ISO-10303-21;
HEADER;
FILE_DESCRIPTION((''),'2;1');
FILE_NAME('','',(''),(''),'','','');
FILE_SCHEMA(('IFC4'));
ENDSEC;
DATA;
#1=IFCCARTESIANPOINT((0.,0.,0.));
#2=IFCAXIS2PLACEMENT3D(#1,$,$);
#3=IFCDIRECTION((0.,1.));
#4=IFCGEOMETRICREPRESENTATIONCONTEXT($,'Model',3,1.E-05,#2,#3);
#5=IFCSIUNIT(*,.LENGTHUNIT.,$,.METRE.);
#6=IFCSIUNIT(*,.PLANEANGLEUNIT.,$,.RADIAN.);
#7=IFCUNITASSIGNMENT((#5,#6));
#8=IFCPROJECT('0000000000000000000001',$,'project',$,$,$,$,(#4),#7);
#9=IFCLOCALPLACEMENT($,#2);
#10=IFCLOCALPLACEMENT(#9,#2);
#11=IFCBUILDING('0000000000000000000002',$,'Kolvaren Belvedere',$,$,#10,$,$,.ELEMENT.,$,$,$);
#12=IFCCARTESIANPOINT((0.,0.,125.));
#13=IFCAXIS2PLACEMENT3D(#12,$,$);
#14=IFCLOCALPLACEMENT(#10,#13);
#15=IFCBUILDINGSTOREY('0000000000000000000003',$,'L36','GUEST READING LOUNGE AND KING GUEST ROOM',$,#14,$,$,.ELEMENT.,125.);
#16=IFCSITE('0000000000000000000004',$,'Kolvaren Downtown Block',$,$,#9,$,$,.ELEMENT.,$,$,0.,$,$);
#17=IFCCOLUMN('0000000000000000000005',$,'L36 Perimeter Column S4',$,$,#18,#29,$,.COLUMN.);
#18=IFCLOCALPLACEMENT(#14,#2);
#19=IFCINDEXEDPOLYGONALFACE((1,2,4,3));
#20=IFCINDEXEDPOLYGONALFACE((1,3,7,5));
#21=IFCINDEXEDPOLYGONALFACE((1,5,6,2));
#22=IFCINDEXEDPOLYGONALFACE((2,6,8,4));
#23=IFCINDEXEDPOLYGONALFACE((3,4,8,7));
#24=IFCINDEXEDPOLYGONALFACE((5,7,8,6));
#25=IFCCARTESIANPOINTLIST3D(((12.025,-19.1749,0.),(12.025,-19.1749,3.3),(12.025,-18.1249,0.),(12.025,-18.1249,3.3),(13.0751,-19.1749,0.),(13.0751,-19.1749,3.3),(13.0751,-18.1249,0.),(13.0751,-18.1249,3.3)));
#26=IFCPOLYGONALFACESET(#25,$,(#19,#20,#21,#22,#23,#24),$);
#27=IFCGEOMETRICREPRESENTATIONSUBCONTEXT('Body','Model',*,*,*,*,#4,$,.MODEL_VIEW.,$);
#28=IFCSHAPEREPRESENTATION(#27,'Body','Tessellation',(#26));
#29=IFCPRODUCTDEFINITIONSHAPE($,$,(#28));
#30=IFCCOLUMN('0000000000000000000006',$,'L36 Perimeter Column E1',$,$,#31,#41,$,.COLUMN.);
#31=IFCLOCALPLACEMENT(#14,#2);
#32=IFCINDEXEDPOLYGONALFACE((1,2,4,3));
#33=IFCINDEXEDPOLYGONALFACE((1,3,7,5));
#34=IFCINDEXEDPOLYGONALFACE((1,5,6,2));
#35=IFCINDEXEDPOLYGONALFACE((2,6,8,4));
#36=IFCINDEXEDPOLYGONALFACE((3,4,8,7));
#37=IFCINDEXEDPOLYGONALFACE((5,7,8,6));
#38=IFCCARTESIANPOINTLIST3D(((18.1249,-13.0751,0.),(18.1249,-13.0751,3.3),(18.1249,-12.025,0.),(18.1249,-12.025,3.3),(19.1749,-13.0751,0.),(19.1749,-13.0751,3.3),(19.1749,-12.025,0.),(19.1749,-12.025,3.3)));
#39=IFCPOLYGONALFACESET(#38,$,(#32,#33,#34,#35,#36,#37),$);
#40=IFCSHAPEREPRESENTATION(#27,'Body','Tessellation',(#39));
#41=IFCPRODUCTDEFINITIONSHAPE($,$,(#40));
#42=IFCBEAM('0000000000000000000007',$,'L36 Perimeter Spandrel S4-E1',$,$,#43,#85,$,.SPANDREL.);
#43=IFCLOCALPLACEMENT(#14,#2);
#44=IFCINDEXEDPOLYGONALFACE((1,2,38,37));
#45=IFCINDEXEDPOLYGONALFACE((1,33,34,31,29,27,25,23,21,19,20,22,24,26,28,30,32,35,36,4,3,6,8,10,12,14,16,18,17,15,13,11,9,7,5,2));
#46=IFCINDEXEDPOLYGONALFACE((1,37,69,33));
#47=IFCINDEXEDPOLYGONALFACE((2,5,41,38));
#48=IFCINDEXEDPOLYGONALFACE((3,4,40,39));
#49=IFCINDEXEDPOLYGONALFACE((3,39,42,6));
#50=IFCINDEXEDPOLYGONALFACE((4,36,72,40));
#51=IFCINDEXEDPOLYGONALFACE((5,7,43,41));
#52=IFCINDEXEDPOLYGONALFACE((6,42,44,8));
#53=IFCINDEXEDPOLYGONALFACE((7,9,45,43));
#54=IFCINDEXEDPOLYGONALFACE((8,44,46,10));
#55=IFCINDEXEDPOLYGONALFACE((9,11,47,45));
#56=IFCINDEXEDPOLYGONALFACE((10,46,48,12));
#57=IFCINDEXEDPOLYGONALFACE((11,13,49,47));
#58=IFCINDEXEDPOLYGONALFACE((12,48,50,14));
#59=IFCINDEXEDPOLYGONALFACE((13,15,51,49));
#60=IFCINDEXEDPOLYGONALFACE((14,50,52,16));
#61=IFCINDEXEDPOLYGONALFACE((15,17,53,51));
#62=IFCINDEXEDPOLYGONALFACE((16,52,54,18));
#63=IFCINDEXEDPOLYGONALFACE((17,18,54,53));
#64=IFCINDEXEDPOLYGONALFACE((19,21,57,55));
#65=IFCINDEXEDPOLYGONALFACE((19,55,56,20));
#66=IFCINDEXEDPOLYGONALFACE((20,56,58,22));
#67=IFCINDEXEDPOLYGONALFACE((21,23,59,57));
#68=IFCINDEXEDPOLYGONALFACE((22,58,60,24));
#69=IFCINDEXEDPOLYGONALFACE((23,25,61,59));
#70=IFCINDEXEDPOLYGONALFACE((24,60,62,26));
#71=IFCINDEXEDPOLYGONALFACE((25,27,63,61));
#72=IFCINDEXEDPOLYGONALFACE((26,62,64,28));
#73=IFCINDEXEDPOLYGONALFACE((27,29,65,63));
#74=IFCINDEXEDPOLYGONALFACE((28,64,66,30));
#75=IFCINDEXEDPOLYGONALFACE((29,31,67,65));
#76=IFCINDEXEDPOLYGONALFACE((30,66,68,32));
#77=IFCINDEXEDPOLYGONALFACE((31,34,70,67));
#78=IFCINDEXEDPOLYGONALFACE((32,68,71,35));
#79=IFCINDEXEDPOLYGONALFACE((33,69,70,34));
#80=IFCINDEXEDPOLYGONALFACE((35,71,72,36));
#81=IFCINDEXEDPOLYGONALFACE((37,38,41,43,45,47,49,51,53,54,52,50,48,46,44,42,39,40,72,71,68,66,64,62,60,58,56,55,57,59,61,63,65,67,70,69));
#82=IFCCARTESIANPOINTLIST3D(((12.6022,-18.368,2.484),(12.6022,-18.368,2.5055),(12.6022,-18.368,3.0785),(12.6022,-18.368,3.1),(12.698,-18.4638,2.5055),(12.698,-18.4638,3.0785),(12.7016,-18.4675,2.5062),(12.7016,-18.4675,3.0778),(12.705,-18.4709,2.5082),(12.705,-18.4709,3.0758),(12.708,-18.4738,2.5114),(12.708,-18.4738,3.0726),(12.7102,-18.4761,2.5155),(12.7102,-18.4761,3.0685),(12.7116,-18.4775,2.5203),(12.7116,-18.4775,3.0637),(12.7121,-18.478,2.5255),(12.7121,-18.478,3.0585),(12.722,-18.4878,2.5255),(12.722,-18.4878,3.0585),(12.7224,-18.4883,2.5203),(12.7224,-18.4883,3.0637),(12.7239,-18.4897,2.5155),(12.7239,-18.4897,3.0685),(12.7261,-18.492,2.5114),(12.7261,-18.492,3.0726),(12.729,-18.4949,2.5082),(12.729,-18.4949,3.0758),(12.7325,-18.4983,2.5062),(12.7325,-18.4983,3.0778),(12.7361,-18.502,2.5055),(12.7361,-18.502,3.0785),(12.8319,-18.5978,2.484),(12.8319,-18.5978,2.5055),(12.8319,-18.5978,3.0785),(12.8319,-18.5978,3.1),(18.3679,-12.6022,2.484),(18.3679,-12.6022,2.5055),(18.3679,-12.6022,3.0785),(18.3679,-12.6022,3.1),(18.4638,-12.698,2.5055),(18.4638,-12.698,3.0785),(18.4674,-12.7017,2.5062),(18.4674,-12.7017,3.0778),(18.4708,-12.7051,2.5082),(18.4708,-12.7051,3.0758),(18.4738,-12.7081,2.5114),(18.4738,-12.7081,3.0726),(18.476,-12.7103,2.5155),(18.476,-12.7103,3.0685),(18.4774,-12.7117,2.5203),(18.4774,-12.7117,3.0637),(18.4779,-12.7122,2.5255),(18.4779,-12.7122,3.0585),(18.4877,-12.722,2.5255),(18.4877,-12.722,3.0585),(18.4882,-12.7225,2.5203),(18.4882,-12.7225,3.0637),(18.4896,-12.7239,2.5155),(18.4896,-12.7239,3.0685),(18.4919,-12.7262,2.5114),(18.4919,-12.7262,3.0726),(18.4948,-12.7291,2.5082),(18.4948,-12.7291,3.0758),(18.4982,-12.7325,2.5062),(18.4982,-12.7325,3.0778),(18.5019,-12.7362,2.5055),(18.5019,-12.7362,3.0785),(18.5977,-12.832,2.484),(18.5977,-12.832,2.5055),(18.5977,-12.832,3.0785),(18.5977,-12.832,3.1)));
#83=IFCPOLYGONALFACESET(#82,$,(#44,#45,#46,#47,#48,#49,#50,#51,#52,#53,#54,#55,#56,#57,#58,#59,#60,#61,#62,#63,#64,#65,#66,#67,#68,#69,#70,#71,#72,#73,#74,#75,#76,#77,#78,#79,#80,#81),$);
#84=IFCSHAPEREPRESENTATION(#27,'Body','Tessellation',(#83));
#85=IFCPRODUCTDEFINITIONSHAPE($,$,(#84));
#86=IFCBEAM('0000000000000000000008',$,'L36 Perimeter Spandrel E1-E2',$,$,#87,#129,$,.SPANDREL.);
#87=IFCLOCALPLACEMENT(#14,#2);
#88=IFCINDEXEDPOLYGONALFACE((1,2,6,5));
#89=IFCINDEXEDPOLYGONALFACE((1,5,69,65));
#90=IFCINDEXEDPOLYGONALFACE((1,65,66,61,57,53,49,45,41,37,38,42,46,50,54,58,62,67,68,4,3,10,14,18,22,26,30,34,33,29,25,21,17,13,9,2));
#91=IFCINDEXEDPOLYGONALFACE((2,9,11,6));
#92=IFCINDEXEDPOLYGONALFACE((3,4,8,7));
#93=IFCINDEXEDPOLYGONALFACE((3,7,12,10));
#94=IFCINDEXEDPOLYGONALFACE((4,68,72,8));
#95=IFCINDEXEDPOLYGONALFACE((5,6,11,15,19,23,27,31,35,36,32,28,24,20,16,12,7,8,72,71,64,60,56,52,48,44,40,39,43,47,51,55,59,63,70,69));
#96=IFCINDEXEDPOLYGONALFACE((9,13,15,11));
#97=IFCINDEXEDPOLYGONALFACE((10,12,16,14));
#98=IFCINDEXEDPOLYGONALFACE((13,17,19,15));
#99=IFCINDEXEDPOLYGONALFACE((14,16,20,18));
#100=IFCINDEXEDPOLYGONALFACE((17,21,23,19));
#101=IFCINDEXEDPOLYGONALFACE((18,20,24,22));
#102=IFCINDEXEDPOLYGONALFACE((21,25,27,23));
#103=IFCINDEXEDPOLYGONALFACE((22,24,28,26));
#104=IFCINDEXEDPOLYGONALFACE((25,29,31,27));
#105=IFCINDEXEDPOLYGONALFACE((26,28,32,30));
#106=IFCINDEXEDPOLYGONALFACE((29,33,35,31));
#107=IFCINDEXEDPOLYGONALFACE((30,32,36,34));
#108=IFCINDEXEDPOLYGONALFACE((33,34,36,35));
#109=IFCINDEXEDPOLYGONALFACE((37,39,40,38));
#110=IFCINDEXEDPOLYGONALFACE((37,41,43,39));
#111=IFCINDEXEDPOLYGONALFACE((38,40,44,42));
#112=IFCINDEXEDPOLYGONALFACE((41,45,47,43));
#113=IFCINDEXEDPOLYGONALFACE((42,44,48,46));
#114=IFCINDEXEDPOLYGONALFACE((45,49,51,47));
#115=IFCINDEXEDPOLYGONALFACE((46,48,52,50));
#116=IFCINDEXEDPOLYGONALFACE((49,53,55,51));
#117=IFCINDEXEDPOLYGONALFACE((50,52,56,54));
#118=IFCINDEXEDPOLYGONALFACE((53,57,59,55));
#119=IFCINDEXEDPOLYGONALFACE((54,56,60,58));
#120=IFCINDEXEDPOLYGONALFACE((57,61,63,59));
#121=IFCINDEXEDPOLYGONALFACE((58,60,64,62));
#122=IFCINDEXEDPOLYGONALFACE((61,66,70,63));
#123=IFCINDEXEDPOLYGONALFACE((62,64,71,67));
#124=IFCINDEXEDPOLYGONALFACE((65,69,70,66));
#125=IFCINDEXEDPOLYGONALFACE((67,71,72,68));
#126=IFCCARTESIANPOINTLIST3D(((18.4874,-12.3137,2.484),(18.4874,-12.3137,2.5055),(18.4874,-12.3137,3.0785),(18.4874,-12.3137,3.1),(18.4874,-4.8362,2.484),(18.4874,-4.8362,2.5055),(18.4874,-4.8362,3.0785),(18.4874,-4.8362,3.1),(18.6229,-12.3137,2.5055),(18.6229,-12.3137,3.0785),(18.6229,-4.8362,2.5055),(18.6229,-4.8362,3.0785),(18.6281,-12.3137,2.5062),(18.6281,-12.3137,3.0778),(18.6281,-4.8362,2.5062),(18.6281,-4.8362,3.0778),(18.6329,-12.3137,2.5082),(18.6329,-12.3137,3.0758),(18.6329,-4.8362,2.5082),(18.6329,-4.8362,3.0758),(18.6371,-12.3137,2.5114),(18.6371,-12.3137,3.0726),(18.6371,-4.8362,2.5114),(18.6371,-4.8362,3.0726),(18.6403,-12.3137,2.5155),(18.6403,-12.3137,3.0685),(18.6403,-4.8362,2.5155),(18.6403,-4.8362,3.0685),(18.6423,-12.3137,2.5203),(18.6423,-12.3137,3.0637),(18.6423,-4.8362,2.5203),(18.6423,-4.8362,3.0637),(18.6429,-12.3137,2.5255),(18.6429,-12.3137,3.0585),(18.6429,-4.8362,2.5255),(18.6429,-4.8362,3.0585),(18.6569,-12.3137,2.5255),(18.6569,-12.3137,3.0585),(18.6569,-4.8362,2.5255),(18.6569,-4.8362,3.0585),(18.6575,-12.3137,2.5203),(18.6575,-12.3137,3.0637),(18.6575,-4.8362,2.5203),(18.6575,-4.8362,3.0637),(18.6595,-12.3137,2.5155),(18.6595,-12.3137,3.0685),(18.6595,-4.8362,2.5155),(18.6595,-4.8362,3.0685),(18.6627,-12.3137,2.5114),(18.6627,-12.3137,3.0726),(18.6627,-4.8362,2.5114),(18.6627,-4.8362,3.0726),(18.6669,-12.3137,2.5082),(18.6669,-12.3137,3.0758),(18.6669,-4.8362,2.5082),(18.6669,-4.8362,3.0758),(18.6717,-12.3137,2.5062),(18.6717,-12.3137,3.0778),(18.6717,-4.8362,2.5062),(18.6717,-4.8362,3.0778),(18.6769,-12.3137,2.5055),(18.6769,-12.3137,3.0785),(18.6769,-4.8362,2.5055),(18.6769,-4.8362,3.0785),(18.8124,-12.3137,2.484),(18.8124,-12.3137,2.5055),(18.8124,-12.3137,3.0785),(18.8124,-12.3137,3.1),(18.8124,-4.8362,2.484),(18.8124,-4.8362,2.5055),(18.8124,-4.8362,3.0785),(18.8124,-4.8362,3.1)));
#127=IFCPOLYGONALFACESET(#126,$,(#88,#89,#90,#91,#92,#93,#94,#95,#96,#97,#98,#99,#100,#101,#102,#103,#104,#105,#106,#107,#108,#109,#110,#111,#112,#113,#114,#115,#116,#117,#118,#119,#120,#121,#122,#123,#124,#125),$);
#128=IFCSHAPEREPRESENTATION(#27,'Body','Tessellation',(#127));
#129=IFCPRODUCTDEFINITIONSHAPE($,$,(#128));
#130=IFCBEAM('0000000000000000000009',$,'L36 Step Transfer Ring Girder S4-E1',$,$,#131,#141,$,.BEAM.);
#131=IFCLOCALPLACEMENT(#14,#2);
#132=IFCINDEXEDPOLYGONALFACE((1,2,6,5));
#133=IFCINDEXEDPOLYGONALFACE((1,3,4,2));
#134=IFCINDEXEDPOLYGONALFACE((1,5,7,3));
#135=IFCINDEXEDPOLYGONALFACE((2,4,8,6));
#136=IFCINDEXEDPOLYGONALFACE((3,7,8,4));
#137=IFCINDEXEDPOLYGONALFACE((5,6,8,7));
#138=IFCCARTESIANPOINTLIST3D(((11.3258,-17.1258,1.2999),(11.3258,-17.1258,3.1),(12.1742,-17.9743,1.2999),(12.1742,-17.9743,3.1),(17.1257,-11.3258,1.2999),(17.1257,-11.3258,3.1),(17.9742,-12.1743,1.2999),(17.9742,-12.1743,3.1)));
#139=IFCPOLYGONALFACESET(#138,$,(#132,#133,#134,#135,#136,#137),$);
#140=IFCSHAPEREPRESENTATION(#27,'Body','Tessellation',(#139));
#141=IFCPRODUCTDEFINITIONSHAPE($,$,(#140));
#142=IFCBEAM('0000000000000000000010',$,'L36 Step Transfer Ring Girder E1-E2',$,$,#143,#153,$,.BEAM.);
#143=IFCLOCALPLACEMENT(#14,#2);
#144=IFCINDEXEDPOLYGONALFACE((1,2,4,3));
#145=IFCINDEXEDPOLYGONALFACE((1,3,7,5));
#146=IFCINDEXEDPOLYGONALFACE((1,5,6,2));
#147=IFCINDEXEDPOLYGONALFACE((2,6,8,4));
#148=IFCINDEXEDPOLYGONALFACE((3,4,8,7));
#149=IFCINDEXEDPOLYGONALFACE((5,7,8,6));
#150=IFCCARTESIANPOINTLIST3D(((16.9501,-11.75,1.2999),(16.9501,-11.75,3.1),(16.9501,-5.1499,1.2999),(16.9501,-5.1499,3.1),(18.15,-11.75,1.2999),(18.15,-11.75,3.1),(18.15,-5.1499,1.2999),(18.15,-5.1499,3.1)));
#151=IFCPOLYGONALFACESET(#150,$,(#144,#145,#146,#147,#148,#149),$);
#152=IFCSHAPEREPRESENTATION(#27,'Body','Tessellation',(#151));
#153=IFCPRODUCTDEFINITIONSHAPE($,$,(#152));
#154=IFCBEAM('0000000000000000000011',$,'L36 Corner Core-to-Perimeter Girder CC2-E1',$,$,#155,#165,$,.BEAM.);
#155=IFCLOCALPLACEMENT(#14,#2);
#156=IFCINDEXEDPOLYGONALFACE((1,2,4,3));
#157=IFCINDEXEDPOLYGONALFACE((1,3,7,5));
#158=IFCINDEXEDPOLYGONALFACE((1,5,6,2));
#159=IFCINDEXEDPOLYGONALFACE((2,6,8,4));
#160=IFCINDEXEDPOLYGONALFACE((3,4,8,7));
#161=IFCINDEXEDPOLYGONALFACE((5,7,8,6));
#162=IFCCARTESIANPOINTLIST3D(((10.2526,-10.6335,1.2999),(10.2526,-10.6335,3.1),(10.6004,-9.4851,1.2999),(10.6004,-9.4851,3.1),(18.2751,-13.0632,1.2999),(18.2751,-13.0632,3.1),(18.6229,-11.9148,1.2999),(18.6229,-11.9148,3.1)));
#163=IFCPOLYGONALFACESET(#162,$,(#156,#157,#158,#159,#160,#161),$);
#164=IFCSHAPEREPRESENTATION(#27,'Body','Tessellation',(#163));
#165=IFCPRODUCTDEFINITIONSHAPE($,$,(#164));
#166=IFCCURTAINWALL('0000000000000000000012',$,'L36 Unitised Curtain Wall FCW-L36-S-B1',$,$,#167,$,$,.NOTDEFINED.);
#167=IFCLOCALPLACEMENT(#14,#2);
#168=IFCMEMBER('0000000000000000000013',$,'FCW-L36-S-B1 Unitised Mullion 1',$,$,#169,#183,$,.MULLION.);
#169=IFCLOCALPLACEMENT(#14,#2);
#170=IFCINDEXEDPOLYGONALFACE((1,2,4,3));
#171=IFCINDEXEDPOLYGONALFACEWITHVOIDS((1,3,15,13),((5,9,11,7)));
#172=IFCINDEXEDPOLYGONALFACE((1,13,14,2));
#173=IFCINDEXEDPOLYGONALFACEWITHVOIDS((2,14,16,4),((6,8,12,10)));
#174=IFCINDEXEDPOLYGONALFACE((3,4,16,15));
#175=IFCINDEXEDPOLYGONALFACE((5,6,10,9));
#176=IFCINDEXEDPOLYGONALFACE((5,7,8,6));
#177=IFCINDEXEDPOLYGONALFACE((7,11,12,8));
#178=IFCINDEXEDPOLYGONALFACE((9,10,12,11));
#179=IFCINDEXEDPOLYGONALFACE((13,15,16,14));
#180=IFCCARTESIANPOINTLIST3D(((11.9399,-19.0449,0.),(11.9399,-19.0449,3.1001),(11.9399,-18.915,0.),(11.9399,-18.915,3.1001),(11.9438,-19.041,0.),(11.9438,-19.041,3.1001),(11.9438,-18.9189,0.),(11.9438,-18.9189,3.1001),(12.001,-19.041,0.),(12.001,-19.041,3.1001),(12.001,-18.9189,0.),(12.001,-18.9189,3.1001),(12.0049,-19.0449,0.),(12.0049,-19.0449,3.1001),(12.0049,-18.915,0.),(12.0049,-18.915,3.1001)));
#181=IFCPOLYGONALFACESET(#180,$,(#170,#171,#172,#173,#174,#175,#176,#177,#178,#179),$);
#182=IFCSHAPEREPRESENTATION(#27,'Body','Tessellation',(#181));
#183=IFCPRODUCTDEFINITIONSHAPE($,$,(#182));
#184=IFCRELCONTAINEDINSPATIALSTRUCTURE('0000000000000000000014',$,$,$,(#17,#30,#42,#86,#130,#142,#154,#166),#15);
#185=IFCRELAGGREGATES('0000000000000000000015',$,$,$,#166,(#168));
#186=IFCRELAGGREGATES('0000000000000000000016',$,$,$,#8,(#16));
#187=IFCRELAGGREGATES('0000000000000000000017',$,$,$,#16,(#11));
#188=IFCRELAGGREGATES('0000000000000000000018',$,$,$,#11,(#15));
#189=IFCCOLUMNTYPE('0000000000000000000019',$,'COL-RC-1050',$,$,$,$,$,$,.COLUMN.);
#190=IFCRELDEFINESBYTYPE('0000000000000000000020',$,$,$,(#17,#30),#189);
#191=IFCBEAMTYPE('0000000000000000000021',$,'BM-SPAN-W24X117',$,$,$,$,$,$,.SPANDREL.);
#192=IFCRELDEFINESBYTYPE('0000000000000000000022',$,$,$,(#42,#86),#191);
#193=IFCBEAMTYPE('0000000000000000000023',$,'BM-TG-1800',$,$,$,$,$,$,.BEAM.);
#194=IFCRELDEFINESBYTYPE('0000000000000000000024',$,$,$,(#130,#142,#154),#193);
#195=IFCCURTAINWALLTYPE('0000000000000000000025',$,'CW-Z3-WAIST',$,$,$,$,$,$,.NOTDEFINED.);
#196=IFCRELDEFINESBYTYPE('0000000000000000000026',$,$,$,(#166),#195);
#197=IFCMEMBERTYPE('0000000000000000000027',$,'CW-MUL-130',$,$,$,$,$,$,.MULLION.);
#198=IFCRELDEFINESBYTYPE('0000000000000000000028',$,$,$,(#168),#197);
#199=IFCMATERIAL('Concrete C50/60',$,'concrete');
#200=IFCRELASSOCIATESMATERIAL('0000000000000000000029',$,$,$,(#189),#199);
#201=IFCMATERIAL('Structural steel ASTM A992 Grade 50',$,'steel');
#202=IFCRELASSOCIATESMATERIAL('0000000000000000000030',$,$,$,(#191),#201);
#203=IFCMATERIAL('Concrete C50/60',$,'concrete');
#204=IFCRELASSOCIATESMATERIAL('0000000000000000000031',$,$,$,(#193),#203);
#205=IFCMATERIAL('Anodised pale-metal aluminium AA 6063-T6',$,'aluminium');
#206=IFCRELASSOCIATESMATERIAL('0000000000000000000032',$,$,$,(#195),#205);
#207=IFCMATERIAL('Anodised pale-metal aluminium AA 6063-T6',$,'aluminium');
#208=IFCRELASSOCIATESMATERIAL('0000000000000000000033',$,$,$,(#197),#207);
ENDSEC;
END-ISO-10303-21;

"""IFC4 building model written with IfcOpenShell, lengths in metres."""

from ifc_helpers import new_model, si_unit, direction, frame, origin, origin_2d, place, context, subcontext, project, spatial, rectangle, hollow_rectangle, i_section, extrude, material, material_profile, profile_set, type_object, element, aggregate, save


model = new_model("IFC4")

# Units and contexts
model_context = context("Model", 3, precision=1e-05, world=origin(), true_north=direction((0.0, 1.0)))
body_context = subcontext(model_context, "Body", "Model", "MODEL_VIEW")
ifc_project = project(units=[si_unit("LENGTHUNIT", "METRE"), si_unit("PLANEANGLEUNIT", "RADIAN")], contexts=[model_context])

# Site, building, storey
site_placement = place(None, origin())
site = spatial("IfcSite", under=ifc_project, at=site_placement, Name="Kolvaren Downtown Block", CompositionType="ELEMENT", RefElevation=0.0)
building_placement = place(site_placement, origin())
building = spatial("IfcBuilding", under=site, at=building_placement, Name="Kolvaren Belvedere", CompositionType="ELEMENT")
storey_placement = place(building_placement, frame((0.0, 0.0, 125.0)))
storey = spatial("IfcBuildingStorey", under=building, at=storey_placement, Name="L36", Description="GUEST READING LOUNGE AND KING GUEST ROOM", CompositionType="ELEMENT", Elevation=125.0)

# Columns
ifc_material_1 = material(Name="Concrete C50/60", Category="concrete")
ifc_material_profile_1 = material_profile(ifc_material_1, rectangle(XDim=1.05, YDim=1.05, at=origin_2d()), Name="RC 1050X1050")
ifc_profile_set_1 = profile_set([ifc_material_profile_1], Name="Concrete C50/60")
column_type = type_object("IfcColumnType", Name="COL-RC-1050", PredefinedType="COLUMN", material=ifc_profile_set_1)
for number, where, z_axis, x_axis, name in (
    (1, (12.55, -18.6499, 0.0), (0.0, 0.0, 1.0), (1.0, 0.0, 0.0), "L36 Perimeter Column S4"),
    (2, (18.6499, -12.55, 0.0), (0.0, 0.0, 1.0), (1.0, 0.0, 0.0), "L36 Perimeter Column E1"),
):
    element("IfcColumn", number, at=place(storey_placement, frame(where, z_axis=z_axis, x_axis=x_axis)), inside=storey, type_object=column_type, Name=name, PredefinedType="COLUMN", context=body_context, shape_type="SweptSolid", body=[
        extrude(rectangle(XDim=1.05, YDim=1.05, at=origin_2d()), origin(), (0.0, 0.0, 1.0), 3.3),
    ])

# Beams
ifc_material_2 = material(Name="Structural steel ASTM A992 Grade 50", Category="steel")
ifc_material_profile_2 = material_profile(ifc_material_2, i_section(OverallWidth=0.325, OverallDepth=0.616, WebThickness=0.0139, FlangeThickness=0.0215, FilletRadius=0.02, at=origin_2d()), Name="W24X117")
ifc_profile_set_2 = profile_set([ifc_material_profile_2], Name="Structural steel ASTM A992 Grade 50")
beam_type_1 = type_object("IfcBeamType", Name="BM-SPAN-W24X117", PredefinedType="SPANDREL", material=ifc_profile_set_2)
beam_1_placement = place(storey_placement, frame((12.717, -18.4829, 2.792), z_axis=(0.707107, 0.707107, 0.0), x_axis=(-0.707107, 0.707107, 0.0)))
element("IfcBeam", 3, at=beam_1_placement, inside=storey, type_object=beam_type_1, Name="L36 Perimeter Spandrel S4-E1", PredefinedType="SPANDREL", context=body_context, shape_type="SweptSolid", body=[
    extrude(i_section(OverallWidth=0.325, OverallDepth=0.616, WebThickness=0.0139, FlangeThickness=0.0215, FilletRadius=0.02, at=origin_2d()), origin(), (0.0, 0.0, 1.0), 8.1541),
])
beam_2_placement = place(storey_placement, frame((18.6499, -12.3137, 2.792), z_axis=(0.0, 1.0, 0.0), x_axis=(-1.0, 0.0, 0.0)))
element("IfcBeam", 4, at=beam_2_placement, inside=storey, type_object=beam_type_1, Name="L36 Perimeter Spandrel E1-E2", PredefinedType="SPANDREL", context=body_context, shape_type="SweptSolid", body=[
    extrude(i_section(OverallWidth=0.325, OverallDepth=0.616, WebThickness=0.0139, FlangeThickness=0.0215, FilletRadius=0.02, at=origin_2d()), origin(), (0.0, 0.0, 1.0), 7.4775),
])
ifc_material_3 = material(Name="Concrete C50/60", Category="concrete")
ifc_material_profile_3 = material_profile(ifc_material_3, rectangle(XDim=1.2, YDim=1.8, at=origin_2d()), Name="RC 1200X1800")
ifc_profile_set_3 = profile_set([ifc_material_profile_3], Name="Concrete C50/60")
beam_type_2 = type_object("IfcBeamType", Name="BM-TG-1800", PredefinedType="BEAM", material=ifc_profile_set_3)
beam_3_placement = place(storey_placement, frame((11.75, -17.55, 2.2), z_axis=(0.707107, 0.707107, 0.0), x_axis=(-0.707107, 0.707107, 0.0)))
element("IfcBeam", 5, at=beam_3_placement, inside=storey, type_object=beam_type_2, Name="L36 Step Transfer Ring Girder S4-E1", PredefinedType="BEAM", context=body_context, shape_type="SweptSolid", body=[
    extrude(rectangle(XDim=1.2, YDim=1.8, at=origin_2d()), origin(), (0.0, 0.0, 1.0), 8.2024),
])
beam_4_placement = place(storey_placement, frame((17.55, -11.75, 2.2), z_axis=(0.0, 1.0, 0.0), x_axis=(-1.0, 0.0, 0.0)))
element("IfcBeam", 6, at=beam_4_placement, inside=storey, type_object=beam_type_2, Name="L36 Step Transfer Ring Girder E1-E2", PredefinedType="BEAM", context=body_context, shape_type="SweptSolid", body=[
    extrude(rectangle(XDim=1.2, YDim=1.8, at=origin_2d()), origin(), (0.0, 0.0, 1.0), 6.6001),
])
beam_5_placement = place(storey_placement, frame((10.4265, -10.0593, 2.2), z_axis=(0.957069, -0.289859, 0.0), x_axis=(0.289859, 0.957069, 0.0)))
element("IfcBeam", 7, at=beam_5_placement, inside=storey, type_object=beam_type_2, Name="L36 Corner Core-to-Perimeter Girder CC2-E1", PredefinedType="BEAM", context=body_context, shape_type="SweptSolid", body=[
    extrude(rectangle(XDim=1.2, YDim=1.8, at=origin_2d()), origin(), (0.0, 0.0, 1.0), 8.3823),
])

# Curtain wall, member
ifc_material_4 = material(Name="Anodised pale-metal aluminium AA 6063-T6", Category="aluminium")
curtain_wall_type = type_object("IfcCurtainWallType", Name="CW-Z3-WAIST", PredefinedType="NOTDEFINED", material=ifc_material_4)
curtain_wall_1_placement = place(storey_placement, origin())
curtain_wall_1 = element("IfcCurtainWall", 8, at=curtain_wall_1_placement, inside=storey, type_object=curtain_wall_type, Name="L36 Unitised Curtain Wall FCW-L36-S-B1", PredefinedType="NOTDEFINED")
ifc_material_5 = material(Name="Anodised pale-metal aluminium AA 6063-T6", Category="aluminium")
ifc_material_profile_4 = material_profile(ifc_material_5, hollow_rectangle(XDim=0.0649, YDim=0.1299, WallThickness=0.0039, at=origin_2d()), Name="ALU-MUL-130X65")
ifc_profile_set_4 = profile_set([ifc_material_profile_4], Name="Anodised pale-metal aluminium AA 6063-T6")
member_type_1 = type_object("IfcMemberType", Name="CW-MUL-130", PredefinedType="MULLION", material=ifc_profile_set_4)
member_1_placement = place(storey_placement, frame((11.9724, -18.98, 0.0), z_axis=(0.0, 0.0, 1.0), x_axis=(1.0, 0.0, 0.0)))
member_1 = element("IfcMember", 9, at=member_1_placement, type_object=member_type_1, Name="FCW-L36-S-B1 Unitised Mullion 1", PredefinedType="MULLION", context=body_context, shape_type="SweptSolid", body=[
    extrude(hollow_rectangle(XDim=0.0649, YDim=0.1299, WallThickness=0.0039, at=origin_2d()), origin(), (0.0, 0.0, 1.0), 3.1001),
])

aggregate(curtain_wall_1, [member_1])

save(model, "model.ifc")
